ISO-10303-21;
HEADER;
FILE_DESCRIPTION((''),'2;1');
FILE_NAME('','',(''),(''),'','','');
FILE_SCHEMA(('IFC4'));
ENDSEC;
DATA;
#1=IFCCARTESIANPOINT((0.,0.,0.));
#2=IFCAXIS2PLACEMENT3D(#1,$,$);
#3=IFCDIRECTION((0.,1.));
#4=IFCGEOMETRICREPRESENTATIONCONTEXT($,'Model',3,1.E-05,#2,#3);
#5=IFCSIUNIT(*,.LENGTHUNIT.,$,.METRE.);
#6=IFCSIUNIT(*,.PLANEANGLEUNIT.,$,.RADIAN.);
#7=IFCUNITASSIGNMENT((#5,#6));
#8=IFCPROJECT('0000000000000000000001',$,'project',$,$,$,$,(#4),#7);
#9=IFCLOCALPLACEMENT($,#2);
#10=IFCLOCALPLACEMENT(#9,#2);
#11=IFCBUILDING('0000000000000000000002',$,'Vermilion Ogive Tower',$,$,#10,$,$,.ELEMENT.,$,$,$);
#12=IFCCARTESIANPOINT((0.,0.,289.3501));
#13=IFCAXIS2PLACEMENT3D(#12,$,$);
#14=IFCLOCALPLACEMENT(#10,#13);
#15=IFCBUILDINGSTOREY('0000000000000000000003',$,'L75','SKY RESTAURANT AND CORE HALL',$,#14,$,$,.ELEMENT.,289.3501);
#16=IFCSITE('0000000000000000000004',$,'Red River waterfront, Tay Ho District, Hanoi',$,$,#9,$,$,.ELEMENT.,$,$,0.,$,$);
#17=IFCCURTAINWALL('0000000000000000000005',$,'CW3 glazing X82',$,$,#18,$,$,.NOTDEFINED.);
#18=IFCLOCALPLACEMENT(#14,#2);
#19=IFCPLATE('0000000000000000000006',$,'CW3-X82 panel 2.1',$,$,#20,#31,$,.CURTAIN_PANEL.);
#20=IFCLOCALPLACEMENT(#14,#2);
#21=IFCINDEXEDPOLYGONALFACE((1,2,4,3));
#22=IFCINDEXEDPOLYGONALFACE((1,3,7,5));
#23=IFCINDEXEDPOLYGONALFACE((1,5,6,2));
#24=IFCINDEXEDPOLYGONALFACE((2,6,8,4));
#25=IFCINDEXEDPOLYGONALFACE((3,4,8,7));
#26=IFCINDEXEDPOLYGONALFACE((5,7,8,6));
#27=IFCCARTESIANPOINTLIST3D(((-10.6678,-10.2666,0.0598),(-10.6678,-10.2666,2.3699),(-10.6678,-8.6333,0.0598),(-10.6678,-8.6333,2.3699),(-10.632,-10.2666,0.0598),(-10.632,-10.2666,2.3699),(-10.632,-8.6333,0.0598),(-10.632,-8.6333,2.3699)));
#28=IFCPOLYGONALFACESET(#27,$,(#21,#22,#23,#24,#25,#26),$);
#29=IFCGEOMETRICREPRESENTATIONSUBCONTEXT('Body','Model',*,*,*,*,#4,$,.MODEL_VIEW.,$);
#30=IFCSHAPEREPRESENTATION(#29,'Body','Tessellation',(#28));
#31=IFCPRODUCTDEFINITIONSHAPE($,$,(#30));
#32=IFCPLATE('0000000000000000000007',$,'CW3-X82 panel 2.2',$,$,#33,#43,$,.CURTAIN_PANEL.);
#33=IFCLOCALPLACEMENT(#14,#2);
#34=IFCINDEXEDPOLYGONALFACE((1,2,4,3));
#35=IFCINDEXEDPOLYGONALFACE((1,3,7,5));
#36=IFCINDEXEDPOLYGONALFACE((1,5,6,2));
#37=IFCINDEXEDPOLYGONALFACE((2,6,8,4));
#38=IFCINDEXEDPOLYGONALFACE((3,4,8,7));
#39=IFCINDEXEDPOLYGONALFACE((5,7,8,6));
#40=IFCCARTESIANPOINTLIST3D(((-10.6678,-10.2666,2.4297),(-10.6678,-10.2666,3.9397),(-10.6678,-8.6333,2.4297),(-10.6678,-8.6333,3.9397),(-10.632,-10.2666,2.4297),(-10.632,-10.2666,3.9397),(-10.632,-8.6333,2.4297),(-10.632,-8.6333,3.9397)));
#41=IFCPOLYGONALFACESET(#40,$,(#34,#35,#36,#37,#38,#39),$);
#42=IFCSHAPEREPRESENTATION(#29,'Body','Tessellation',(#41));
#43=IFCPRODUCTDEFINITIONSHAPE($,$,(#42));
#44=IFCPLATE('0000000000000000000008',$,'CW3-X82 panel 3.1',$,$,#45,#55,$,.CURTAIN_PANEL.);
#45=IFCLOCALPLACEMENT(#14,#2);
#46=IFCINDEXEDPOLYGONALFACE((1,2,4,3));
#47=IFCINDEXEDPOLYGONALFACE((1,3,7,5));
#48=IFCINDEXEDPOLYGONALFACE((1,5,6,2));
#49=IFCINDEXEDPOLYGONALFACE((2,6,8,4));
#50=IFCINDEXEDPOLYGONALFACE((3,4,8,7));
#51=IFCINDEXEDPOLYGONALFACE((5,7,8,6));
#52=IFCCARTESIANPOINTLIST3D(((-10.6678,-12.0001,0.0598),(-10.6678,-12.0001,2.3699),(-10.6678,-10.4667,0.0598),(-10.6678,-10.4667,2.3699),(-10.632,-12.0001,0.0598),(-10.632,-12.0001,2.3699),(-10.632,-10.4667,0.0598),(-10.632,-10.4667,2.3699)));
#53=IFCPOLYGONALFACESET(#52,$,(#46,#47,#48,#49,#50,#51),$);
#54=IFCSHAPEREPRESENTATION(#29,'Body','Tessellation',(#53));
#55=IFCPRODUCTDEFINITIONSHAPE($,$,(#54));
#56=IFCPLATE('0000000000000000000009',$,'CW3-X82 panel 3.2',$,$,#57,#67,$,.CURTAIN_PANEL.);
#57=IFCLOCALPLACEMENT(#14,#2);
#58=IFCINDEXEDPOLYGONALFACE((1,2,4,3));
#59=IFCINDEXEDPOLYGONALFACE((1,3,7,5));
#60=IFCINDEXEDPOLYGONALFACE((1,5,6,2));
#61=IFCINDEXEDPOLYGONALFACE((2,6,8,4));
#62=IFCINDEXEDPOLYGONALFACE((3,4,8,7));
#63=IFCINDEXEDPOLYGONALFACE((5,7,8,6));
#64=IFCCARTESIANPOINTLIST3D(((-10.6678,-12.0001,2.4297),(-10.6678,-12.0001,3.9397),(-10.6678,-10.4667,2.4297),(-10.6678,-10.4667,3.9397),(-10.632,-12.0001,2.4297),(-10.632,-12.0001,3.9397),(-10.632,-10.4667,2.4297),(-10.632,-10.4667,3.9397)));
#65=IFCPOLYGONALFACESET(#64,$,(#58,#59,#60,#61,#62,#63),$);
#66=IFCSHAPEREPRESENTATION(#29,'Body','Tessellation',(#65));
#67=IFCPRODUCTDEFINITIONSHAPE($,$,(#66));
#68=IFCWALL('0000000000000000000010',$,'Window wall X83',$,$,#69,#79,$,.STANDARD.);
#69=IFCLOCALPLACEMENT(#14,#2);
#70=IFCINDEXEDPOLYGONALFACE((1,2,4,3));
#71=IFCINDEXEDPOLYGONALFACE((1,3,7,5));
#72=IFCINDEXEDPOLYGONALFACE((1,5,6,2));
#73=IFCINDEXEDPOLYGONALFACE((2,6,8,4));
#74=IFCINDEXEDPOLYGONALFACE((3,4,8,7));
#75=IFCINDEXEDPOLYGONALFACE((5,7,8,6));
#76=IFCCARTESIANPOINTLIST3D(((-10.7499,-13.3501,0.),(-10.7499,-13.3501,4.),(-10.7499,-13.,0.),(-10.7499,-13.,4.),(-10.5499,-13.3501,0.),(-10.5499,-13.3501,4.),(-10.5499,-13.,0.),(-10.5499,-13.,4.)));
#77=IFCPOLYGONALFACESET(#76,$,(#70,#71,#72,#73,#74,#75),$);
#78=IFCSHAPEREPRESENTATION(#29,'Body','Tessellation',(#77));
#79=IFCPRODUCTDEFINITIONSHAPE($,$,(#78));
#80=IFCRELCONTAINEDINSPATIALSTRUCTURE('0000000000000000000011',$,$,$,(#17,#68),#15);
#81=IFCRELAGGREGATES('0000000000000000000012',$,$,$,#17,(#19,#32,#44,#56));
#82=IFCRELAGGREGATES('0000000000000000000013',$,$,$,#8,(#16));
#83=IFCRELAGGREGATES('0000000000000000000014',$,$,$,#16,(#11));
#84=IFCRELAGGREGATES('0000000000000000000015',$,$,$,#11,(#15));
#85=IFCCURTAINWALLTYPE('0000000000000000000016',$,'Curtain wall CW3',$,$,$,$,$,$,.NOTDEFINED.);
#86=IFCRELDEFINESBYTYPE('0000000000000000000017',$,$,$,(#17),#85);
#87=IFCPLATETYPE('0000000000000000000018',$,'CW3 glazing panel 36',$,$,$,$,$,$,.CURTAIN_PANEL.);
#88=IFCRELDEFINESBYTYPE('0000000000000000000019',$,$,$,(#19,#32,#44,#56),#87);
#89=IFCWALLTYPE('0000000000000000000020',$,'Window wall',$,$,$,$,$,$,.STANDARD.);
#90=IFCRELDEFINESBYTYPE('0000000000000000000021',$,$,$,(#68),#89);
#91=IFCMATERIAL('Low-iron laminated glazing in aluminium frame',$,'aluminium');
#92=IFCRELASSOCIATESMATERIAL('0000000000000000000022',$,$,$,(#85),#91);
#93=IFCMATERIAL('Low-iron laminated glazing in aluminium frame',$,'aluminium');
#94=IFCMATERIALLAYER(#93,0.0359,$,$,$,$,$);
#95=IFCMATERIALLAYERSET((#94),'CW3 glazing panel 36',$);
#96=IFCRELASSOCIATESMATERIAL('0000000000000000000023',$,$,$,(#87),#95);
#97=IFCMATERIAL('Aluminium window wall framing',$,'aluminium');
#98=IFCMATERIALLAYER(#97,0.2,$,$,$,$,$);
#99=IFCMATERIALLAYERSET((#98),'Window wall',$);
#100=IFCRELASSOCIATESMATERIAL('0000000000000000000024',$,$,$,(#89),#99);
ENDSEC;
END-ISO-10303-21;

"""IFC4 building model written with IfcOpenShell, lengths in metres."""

from ifc_helpers import new_model, si_unit, direction, frame, frame_2d, origin, origin_2d, place, context, subcontext, project, spatial, rectangle, extrude, material, layer, layer_set, type_object, element, aggregate, save


model = new_model("IFC4")

# Units and contexts
model_context = context("Model", 3, precision=1e-05, world=origin(), true_north=direction((0.0, 1.0)))
body_context = subcontext(model_context, "Body", "Model", "MODEL_VIEW")
ifc_project = project(units=[si_unit("LENGTHUNIT", "METRE"), si_unit("PLANEANGLEUNIT", "RADIAN")], contexts=[model_context])

# Site, building, storey
site_placement = place(None, origin())
site = spatial("IfcSite", under=ifc_project, at=site_placement, Name="Red River waterfront, Tay Ho District, Hanoi", CompositionType="ELEMENT", RefElevation=0.0)
building_placement = place(site_placement, origin())
building = spatial("IfcBuilding", under=site, at=building_placement, Name="Vermilion Ogive Tower", CompositionType="ELEMENT")
storey_placement = place(building_placement, frame((0.0, 0.0, 289.3501)))
storey = spatial("IfcBuildingStorey", under=building, at=storey_placement, Name="L75", Description="SKY RESTAURANT AND CORE HALL", CompositionType="ELEMENT", Elevation=289.3501)

# Curtain wall
ifc_material_1 = material(Name="Low-iron laminated glazing in aluminium frame", Category="aluminium")
curtain_wall_type = type_object("IfcCurtainWallType", Name="Curtain wall CW3", PredefinedType="NOTDEFINED", material=ifc_material_1)
curtain_wall_1_placement = place(storey_placement, origin())
curtain_wall_1 = element("IfcCurtainWall", 1, at=curtain_wall_1_placement, inside=storey, type_object=curtain_wall_type, Name="CW3 glazing X82", PredefinedType="NOTDEFINED")

# Plates
ifc_material_2 = material(Name="Low-iron laminated glazing in aluminium frame", Category="aluminium")
ifc_layer_1 = layer(ifc_material_2, 0.0359)
ifc_layer_set_1 = layer_set([ifc_layer_1], Name="CW3 glazing panel 36")
plate_type = type_object("IfcPlateType", Name="CW3 glazing panel 36", PredefinedType="CURTAIN_PANEL", material=ifc_layer_set_1)
plate_1_placement = place(storey_placement, frame((-10.6499, -9.45, 0.0598), z_axis=(0.0, 0.0, 1.0), x_axis=(0.0, -1.0, 0.0)))
plate_1 = element("IfcPlate", 2, at=plate_1_placement, type_object=plate_type, Name="CW3-X82 panel 2.1", PredefinedType="CURTAIN_PANEL", context=body_context, shape_type="SweptSolid", body=[
    extrude(rectangle(XDim=1.6333, YDim=0.0359, at=origin_2d()), origin(), (0.0, 0.0, 1.0), 2.3101),
])
plate_2_placement = place(storey_placement, frame((-10.6499, -9.45, 2.4297), z_axis=(0.0, 0.0, 1.0), x_axis=(0.0, -1.0, 0.0)))
plate_2 = element("IfcPlate", 3, at=plate_2_placement, type_object=plate_type, Name="CW3-X82 panel 2.2", PredefinedType="CURTAIN_PANEL", context=body_context, shape_type="SweptSolid", body=[
    extrude(rectangle(XDim=1.6333, YDim=0.0359, at=origin_2d()), origin(), (0.0, 0.0, 1.0), 1.51),
])
plate_3_placement = place(storey_placement, frame((-10.6499, -11.2334, 0.0598), z_axis=(0.0, 0.0, 1.0), x_axis=(0.0, -1.0, 0.0)))
plate_3 = element("IfcPlate", 4, at=plate_3_placement, type_object=plate_type, Name="CW3-X82 panel 3.1", PredefinedType="CURTAIN_PANEL", context=body_context, shape_type="SweptSolid", body=[
    extrude(rectangle(XDim=1.5334, YDim=0.0359, at=origin_2d()), origin(), (0.0, 0.0, 1.0), 2.3101),
])
plate_4_placement = place(storey_placement, frame((-10.6499, -11.2334, 2.4297), z_axis=(0.0, 0.0, 1.0), x_axis=(0.0, -1.0, 0.0)))
plate_4 = element("IfcPlate", 5, at=plate_4_placement, type_object=plate_type, Name="CW3-X82 panel 3.2", PredefinedType="CURTAIN_PANEL", context=body_context, shape_type="SweptSolid", body=[
    extrude(rectangle(XDim=1.5334, YDim=0.0359, at=origin_2d()), origin(), (0.0, 0.0, 1.0), 1.51),
])
aggregate(curtain_wall_1, [plate_1, plate_2, plate_3, plate_4])

# Wall
ifc_material_3 = material(Name="Aluminium window wall framing", Category="aluminium")
ifc_layer_2 = layer(ifc_material_3, 0.2)
ifc_layer_set_2 = layer_set([ifc_layer_2], Name="Window wall")
wall_type = type_object("IfcWallType", Name="Window wall", PredefinedType="STANDARD", material=ifc_layer_set_2)
wall_placement = place(storey_placement, frame((-10.6499, -13.0, 0.0), z_axis=(0.0, 0.0, 1.0), x_axis=(0.0, -1.0, 0.0)))
element("IfcWall", 6, at=wall_placement, inside=storey, type_object=wall_type, Name="Window wall X83", PredefinedType="STANDARD", context=body_context, shape_type="SweptSolid", body=[
    extrude(rectangle(XDim=0.3501, YDim=0.2, at=frame_2d((0.175, 0.0))), origin(), (0.0, 0.0, 1.0), 4.0),
])

save(model, "model.ifc")
